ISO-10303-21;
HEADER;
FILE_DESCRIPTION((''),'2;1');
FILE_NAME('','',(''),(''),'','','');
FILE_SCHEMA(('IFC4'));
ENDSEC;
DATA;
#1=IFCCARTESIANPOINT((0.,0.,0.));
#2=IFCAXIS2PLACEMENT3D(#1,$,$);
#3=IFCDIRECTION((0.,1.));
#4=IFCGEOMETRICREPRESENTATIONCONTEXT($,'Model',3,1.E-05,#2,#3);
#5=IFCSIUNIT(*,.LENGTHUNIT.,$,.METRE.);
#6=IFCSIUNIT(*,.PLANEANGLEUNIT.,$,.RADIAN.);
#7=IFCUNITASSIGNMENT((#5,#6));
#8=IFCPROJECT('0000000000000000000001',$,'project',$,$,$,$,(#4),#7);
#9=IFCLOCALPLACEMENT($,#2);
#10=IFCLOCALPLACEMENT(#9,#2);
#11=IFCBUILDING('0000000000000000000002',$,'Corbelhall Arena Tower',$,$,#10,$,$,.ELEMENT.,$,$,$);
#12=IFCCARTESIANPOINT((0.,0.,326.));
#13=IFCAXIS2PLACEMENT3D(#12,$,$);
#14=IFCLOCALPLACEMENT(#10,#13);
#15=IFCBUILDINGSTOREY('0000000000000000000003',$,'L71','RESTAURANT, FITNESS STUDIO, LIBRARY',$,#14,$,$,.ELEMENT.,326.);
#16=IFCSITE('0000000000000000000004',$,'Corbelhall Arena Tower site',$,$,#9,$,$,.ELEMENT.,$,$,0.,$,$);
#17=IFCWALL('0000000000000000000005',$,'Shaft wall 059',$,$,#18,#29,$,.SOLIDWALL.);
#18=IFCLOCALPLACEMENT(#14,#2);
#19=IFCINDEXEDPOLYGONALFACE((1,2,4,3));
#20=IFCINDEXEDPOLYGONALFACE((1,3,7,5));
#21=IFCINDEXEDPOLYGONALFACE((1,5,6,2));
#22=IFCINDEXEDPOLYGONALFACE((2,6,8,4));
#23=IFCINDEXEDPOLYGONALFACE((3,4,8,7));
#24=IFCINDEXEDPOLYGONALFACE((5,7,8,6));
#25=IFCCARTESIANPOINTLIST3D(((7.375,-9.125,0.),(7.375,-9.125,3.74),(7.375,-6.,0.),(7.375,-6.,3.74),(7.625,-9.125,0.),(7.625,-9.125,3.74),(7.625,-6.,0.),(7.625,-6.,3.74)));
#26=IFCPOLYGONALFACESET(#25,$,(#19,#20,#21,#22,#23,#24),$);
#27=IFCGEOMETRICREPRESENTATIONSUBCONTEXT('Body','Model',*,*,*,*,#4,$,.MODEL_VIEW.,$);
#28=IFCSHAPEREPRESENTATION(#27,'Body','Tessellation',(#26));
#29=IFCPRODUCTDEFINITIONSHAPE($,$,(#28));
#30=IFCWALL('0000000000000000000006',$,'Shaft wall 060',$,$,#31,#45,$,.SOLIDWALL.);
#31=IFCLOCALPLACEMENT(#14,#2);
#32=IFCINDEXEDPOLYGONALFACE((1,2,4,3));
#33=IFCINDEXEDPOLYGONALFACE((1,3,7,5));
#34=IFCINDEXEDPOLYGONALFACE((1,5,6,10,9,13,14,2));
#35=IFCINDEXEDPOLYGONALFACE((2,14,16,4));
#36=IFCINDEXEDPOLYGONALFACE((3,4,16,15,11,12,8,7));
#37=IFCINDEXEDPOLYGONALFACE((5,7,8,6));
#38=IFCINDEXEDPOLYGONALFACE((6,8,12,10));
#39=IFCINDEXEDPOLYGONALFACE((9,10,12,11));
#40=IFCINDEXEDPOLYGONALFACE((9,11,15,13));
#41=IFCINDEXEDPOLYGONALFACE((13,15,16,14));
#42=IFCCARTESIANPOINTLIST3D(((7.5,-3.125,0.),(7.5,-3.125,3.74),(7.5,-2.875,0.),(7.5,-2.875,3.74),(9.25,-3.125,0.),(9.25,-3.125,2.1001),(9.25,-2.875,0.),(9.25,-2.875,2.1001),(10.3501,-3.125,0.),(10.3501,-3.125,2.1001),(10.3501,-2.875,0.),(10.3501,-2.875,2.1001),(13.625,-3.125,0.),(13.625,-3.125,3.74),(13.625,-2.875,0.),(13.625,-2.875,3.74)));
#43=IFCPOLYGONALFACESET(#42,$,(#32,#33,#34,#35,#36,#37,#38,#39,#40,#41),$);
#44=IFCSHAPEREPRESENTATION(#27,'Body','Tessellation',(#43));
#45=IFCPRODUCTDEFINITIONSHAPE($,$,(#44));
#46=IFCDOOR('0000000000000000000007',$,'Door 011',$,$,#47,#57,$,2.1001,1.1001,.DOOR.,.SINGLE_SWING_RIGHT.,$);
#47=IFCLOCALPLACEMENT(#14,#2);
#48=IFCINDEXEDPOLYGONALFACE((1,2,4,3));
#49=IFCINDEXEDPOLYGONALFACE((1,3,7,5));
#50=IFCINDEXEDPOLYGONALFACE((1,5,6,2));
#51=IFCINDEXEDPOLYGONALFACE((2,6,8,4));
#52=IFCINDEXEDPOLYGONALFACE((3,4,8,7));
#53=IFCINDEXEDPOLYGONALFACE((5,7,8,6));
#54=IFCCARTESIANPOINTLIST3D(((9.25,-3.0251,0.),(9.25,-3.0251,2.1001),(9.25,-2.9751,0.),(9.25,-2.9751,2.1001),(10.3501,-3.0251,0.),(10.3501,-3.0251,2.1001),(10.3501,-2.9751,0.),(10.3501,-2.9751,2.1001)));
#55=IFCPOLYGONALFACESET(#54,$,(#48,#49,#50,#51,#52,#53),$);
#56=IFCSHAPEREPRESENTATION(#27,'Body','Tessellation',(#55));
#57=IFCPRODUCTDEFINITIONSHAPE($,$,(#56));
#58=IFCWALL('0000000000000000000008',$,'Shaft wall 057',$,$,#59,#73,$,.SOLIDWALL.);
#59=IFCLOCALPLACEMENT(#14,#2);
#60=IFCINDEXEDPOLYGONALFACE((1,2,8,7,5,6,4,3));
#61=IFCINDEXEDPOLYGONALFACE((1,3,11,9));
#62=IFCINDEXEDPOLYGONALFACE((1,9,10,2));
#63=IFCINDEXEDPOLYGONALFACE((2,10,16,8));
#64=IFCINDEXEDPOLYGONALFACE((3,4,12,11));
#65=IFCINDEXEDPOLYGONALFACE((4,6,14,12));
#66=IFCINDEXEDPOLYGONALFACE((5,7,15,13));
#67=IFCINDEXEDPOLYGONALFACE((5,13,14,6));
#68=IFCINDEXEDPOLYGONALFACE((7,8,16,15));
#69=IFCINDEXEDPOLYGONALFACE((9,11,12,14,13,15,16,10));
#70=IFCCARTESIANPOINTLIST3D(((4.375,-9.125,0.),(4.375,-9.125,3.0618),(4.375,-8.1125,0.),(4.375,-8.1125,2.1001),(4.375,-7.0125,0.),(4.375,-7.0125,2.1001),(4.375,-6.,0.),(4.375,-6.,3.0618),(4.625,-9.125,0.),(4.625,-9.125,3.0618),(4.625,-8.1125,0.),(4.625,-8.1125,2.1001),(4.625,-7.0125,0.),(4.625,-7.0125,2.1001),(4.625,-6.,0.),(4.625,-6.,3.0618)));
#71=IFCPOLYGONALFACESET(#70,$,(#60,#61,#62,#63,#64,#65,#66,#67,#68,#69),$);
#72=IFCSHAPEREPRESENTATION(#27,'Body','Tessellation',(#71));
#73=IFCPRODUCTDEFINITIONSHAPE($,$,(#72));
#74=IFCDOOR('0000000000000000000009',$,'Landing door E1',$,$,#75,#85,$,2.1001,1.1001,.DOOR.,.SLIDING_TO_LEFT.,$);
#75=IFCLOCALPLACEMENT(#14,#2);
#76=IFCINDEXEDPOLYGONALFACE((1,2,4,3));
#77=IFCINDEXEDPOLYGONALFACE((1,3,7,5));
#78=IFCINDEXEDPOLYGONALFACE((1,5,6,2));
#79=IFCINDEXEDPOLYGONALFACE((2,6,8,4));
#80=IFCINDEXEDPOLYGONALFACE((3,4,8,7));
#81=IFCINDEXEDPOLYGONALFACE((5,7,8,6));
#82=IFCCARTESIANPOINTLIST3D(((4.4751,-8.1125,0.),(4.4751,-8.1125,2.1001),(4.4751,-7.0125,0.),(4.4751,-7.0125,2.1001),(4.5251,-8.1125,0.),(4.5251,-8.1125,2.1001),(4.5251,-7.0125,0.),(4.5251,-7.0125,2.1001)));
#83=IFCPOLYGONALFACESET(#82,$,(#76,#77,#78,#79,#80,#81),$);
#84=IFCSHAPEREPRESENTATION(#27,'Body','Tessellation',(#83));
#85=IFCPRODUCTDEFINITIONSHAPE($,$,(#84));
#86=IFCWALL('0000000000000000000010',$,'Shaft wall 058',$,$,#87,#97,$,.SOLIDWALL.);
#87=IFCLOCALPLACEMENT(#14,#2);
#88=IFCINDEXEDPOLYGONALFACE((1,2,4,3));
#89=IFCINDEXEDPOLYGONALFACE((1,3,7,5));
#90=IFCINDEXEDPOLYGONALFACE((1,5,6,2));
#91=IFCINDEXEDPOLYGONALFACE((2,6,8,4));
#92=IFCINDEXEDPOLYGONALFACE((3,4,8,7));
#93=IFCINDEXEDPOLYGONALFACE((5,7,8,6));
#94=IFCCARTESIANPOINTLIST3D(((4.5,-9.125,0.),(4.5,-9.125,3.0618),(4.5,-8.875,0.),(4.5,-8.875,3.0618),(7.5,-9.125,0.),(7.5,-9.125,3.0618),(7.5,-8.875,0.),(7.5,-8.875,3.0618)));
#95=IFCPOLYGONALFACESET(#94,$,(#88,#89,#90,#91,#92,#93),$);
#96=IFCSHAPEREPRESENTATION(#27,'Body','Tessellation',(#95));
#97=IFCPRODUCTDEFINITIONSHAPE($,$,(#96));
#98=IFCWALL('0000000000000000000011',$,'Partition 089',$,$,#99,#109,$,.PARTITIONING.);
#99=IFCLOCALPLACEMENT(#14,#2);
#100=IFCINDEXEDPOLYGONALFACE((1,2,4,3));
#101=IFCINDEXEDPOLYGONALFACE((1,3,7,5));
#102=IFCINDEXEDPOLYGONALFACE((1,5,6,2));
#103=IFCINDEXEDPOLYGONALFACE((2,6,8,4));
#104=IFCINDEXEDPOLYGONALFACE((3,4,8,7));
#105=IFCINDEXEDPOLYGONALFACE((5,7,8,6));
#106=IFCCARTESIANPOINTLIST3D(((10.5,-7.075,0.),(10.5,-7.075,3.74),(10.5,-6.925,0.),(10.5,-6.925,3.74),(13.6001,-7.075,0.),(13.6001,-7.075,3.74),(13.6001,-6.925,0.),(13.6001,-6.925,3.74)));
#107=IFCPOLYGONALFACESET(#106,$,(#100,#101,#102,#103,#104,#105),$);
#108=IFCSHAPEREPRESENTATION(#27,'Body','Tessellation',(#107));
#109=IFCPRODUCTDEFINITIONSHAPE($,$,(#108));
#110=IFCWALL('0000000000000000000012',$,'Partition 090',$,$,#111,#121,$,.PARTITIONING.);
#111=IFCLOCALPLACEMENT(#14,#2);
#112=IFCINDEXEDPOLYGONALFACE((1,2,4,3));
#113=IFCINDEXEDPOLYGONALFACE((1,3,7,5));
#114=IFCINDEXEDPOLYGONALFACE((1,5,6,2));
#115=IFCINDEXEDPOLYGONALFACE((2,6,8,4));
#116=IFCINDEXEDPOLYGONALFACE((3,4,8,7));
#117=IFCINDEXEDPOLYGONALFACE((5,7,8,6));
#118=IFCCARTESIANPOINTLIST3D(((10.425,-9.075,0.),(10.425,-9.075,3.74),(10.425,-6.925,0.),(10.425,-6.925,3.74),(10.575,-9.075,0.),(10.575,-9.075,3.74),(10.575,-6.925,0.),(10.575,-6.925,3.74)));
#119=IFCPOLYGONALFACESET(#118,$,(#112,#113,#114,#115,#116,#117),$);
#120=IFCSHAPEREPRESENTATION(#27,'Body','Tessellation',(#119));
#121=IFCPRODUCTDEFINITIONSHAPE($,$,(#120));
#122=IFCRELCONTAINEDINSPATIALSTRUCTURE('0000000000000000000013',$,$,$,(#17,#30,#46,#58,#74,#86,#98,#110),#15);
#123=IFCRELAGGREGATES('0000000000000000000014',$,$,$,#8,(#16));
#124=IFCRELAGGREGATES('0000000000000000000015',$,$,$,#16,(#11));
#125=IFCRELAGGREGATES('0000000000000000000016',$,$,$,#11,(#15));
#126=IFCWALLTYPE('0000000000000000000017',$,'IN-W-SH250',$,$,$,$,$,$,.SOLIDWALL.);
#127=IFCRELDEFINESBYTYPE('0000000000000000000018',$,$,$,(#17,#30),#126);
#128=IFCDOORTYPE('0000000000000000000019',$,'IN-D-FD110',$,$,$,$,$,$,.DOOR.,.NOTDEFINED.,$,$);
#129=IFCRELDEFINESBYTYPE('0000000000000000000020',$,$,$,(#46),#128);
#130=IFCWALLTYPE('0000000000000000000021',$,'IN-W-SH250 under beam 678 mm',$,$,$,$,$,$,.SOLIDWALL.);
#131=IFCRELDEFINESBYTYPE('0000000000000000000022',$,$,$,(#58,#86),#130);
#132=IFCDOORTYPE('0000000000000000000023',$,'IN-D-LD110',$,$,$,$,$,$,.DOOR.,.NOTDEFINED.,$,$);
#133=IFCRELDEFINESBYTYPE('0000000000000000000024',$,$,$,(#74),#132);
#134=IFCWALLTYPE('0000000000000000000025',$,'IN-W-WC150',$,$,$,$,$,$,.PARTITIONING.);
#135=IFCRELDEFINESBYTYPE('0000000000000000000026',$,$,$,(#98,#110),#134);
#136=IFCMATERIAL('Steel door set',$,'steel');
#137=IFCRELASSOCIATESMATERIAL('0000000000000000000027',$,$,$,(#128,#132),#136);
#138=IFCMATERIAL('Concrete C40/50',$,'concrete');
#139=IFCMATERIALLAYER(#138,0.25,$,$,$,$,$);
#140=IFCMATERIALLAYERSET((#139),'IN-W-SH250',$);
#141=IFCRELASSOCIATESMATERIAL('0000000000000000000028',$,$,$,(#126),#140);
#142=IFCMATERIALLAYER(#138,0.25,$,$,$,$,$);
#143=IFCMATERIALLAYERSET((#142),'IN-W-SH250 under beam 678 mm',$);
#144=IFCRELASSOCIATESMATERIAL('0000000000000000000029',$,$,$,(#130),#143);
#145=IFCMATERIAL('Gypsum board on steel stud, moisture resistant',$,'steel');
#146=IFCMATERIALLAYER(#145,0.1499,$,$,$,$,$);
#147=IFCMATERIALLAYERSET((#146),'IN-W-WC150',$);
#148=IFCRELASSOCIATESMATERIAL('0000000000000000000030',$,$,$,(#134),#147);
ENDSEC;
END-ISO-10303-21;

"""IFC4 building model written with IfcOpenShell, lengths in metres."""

from ifc_helpers import new_model, si_unit, direction, frame, frame_2d, origin, place, context, subcontext, project, spatial, rectangle, extrude, material, layer, layer_set, type_object, element, fill, save


model = new_model("IFC4")

# Units and contexts
model_context = context("Model", 3, precision=1e-05, world=origin(), true_north=direction((0.0, 1.0)))
body_context = subcontext(model_context, "Body", "Model", "MODEL_VIEW")
ifc_project = project(units=[si_unit("LENGTHUNIT", "METRE"), si_unit("PLANEANGLEUNIT", "RADIAN")], contexts=[model_context])

# Site, building, storey
site_placement = place(None, origin())
site = spatial("IfcSite", under=ifc_project, at=site_placement, Name="Corbelhall Arena Tower site", CompositionType="ELEMENT", RefElevation=0.0)
building_placement = place(site_placement, origin())
building = spatial("IfcBuilding", under=site, at=building_placement, Name="Corbelhall Arena Tower", CompositionType="ELEMENT")
storey_placement = place(building_placement, frame((0.0, 0.0, 326.0)))
storey = spatial("IfcBuildingStorey", under=building, at=storey_placement, Name="L71", Description="RESTAURANT, FITNESS STUDIO, LIBRARY", CompositionType="ELEMENT", Elevation=326.0)

# Shared definitions
ifc_material_1 = material(Name="Concrete C40/50", Category="concrete")

# Shared definitions
ifc_material_2 = material(Name="Steel door set", Category="steel")
door_type_1 = type_object("IfcDoorType", Name="IN-D-FD110", OperationType="NOTDEFINED", PredefinedType="DOOR", material=ifc_material_2)

# Wall
ifc_layer_1 = layer(ifc_material_1, 0.25)
ifc_layer_set_1 = layer_set([ifc_layer_1], Name="IN-W-SH250")
wall_type_1 = type_object("IfcWallType", Name="IN-W-SH250", PredefinedType="SOLIDWALL", material=ifc_layer_set_1)
wall_1_placement = place(storey_placement, frame((7.5, -6.0, 0.0), z_axis=(0.0, 0.0, 1.0), x_axis=(0.0, -1.0, 0.0)))
element("IfcWall", 1, at=wall_1_placement, inside=storey, type_object=wall_type_1, Name="Shaft wall 059", PredefinedType="SOLIDWALL", context=body_context, shape_type="SweptSolid", body=[
    extrude(rectangle(XDim=3.125, YDim=0.25, at=frame_2d((1.5625, 0.0))), origin(), (0.0, 0.0, 1.0), 3.74),
])

# Walls, openings, doors
wall_2_placement = place(storey_placement, frame((7.5, -3.0, 0.0), z_axis=(0.0, 0.0, 1.0), x_axis=(1.0, 0.0, 0.0)))
wall_2 = element("IfcWall", 2, at=wall_2_placement, inside=storey, type_object=wall_type_1, Name="Shaft wall 060", PredefinedType="SOLIDWALL", context=body_context, shape_type="SweptSolid", body=[
    extrude(rectangle(XDim=6.125, YDim=0.25, at=frame_2d((3.0625, 0.0))), origin(), (0.0, 0.0, 1.0), 3.74),
])
opening_1_placement = place(wall_2_placement, frame((1.75, 0.0, 0.0)))
opening_1 = element("IfcOpeningElement", 3, at=opening_1_placement, cuts=wall_2, PredefinedType="OPENING", context=body_context, shape_type="SweptSolid", body=[
    extrude(rectangle(XDim=1.1001, YDim=2.1001, at=frame_2d((0.55, 1.05))), frame((0.0, 0.125, 0.0), z_axis=(0.0, -1.0, 0.0), x_axis=(1.0, 0.0, 0.0)), (0.0, 0.0, 1.0), 0.25),
])
door_1_placement = place(opening_1_placement, origin())
door_1 = element("IfcDoor", 4, at=door_1_placement, inside=storey, type_object=door_type_1, Name="Door 011", OperationType="SINGLE_SWING_RIGHT", OverallHeight=2.1001, OverallWidth=1.1001, PredefinedType="DOOR", context=body_context, shape_type="SweptSolid", body=[
    extrude(rectangle(XDim=1.1001, YDim=2.1001, at=frame_2d((0.55, 1.05))), frame((0.0, 0.0249, 0.0), z_axis=(0.0, -1.0, 0.0), x_axis=(1.0, 0.0, 0.0)), (0.0, 0.0, 1.0), 0.05),
])
fill(opening_1, door_1)
ifc_layer_2 = layer(ifc_material_1, 0.25)
ifc_layer_set_2 = layer_set([ifc_layer_2], Name="IN-W-SH250 under beam 678 mm")
wall_type_2 = type_object("IfcWallType", Name="IN-W-SH250 under beam 678 mm", PredefinedType="SOLIDWALL", material=ifc_layer_set_2)
wall_3_placement = place(storey_placement, frame((4.5, -9.125, 0.0), z_axis=(0.0, 0.0, 1.0), x_axis=(0.0, 1.0, 0.0)))
wall_3 = element("IfcWall", 5, at=wall_3_placement, inside=storey, type_object=wall_type_2, Name="Shaft wall 057", PredefinedType="SOLIDWALL", context=body_context, shape_type="SweptSolid", body=[
    extrude(rectangle(XDim=3.125, YDim=0.25, at=frame_2d((1.5625, 0.0))), origin(), (0.0, 0.0, 1.0), 3.0618),
])
opening_2_placement = place(wall_3_placement, frame((1.0125, 0.0, 0.0)))
opening_2 = element("IfcOpeningElement", 6, at=opening_2_placement, cuts=wall_3, PredefinedType="OPENING", context=body_context, shape_type="SweptSolid", body=[
    extrude(rectangle(XDim=1.1001, YDim=2.1001, at=frame_2d((0.55, 1.05))), frame((0.0, 0.125, 0.0), z_axis=(0.0, -1.0, 0.0), x_axis=(1.0, 0.0, 0.0)), (0.0, 0.0, 1.0), 0.25),
])
door_type_2 = type_object("IfcDoorType", Name="IN-D-LD110", OperationType="NOTDEFINED", PredefinedType="DOOR", material=ifc_material_2)
door_2_placement = place(opening_2_placement, origin())
door_2 = element("IfcDoor", 7, at=door_2_placement, inside=storey, type_object=door_type_2, Name="Landing door E1", OperationType="SLIDING_TO_LEFT", OverallHeight=2.1001, OverallWidth=1.1001, PredefinedType="DOOR", context=body_context, shape_type="SweptSolid", body=[
    extrude(rectangle(XDim=1.1001, YDim=2.1001, at=frame_2d((0.55, 1.05))), frame((0.0, 0.0249, 0.0), z_axis=(0.0, -1.0, 0.0), x_axis=(1.0, 0.0, 0.0)), (0.0, 0.0, 1.0), 0.05),
])
fill(opening_2, door_2)

# Walls
wall_4_placement = place(storey_placement, frame((7.5, -9.0, 0.0), z_axis=(0.0, 0.0, 1.0), x_axis=(-1.0, 0.0, 0.0)))
element("IfcWall", 8, at=wall_4_placement, inside=storey, type_object=wall_type_2, Name="Shaft wall 058", PredefinedType="SOLIDWALL", context=body_context, shape_type="SweptSolid", body=[
    extrude(rectangle(XDim=3.0, YDim=0.25, at=frame_2d((1.5, 0.0))), origin(), (0.0, 0.0, 1.0), 3.0618),
])
ifc_material_3 = material(Name="Gypsum board on steel stud, moisture resistant", Category="steel")
ifc_layer_3 = layer(ifc_material_3, 0.1499)
ifc_layer_set_3 = layer_set([ifc_layer_3], Name="IN-W-WC150")
wall_type_3 = type_object("IfcWallType", Name="IN-W-WC150", PredefinedType="PARTITIONING", material=ifc_layer_set_3)
wall_5_placement = place(storey_placement, frame((10.5, -7.0, 0.0), z_axis=(0.0, 0.0, 1.0), x_axis=(1.0, 0.0, 0.0)))
element("IfcWall", 9, at=wall_5_placement, inside=storey, type_object=wall_type_3, Name="Partition 089", PredefinedType="PARTITIONING", context=body_context, shape_type="SweptSolid", body=[
    extrude(rectangle(XDim=3.1001, YDim=0.1499, at=frame_2d((1.55, 0.0))), origin(), (0.0, 0.0, 1.0), 3.74),
])
wall_6_placement = place(storey_placement, frame((10.5, -6.925, 0.0), z_axis=(0.0, 0.0, 1.0), x_axis=(0.0, -1.0, 0.0)))
element("IfcWall", 10, at=wall_6_placement, inside=storey, type_object=wall_type_3, Name="Partition 090", PredefinedType="PARTITIONING", context=body_context, shape_type="SweptSolid", body=[
    extrude(rectangle(XDim=2.1499, YDim=0.1499, at=frame_2d((1.075, 0.0))), origin(), (0.0, 0.0, 1.0), 3.74),
])

save(model, "model.ifc")
